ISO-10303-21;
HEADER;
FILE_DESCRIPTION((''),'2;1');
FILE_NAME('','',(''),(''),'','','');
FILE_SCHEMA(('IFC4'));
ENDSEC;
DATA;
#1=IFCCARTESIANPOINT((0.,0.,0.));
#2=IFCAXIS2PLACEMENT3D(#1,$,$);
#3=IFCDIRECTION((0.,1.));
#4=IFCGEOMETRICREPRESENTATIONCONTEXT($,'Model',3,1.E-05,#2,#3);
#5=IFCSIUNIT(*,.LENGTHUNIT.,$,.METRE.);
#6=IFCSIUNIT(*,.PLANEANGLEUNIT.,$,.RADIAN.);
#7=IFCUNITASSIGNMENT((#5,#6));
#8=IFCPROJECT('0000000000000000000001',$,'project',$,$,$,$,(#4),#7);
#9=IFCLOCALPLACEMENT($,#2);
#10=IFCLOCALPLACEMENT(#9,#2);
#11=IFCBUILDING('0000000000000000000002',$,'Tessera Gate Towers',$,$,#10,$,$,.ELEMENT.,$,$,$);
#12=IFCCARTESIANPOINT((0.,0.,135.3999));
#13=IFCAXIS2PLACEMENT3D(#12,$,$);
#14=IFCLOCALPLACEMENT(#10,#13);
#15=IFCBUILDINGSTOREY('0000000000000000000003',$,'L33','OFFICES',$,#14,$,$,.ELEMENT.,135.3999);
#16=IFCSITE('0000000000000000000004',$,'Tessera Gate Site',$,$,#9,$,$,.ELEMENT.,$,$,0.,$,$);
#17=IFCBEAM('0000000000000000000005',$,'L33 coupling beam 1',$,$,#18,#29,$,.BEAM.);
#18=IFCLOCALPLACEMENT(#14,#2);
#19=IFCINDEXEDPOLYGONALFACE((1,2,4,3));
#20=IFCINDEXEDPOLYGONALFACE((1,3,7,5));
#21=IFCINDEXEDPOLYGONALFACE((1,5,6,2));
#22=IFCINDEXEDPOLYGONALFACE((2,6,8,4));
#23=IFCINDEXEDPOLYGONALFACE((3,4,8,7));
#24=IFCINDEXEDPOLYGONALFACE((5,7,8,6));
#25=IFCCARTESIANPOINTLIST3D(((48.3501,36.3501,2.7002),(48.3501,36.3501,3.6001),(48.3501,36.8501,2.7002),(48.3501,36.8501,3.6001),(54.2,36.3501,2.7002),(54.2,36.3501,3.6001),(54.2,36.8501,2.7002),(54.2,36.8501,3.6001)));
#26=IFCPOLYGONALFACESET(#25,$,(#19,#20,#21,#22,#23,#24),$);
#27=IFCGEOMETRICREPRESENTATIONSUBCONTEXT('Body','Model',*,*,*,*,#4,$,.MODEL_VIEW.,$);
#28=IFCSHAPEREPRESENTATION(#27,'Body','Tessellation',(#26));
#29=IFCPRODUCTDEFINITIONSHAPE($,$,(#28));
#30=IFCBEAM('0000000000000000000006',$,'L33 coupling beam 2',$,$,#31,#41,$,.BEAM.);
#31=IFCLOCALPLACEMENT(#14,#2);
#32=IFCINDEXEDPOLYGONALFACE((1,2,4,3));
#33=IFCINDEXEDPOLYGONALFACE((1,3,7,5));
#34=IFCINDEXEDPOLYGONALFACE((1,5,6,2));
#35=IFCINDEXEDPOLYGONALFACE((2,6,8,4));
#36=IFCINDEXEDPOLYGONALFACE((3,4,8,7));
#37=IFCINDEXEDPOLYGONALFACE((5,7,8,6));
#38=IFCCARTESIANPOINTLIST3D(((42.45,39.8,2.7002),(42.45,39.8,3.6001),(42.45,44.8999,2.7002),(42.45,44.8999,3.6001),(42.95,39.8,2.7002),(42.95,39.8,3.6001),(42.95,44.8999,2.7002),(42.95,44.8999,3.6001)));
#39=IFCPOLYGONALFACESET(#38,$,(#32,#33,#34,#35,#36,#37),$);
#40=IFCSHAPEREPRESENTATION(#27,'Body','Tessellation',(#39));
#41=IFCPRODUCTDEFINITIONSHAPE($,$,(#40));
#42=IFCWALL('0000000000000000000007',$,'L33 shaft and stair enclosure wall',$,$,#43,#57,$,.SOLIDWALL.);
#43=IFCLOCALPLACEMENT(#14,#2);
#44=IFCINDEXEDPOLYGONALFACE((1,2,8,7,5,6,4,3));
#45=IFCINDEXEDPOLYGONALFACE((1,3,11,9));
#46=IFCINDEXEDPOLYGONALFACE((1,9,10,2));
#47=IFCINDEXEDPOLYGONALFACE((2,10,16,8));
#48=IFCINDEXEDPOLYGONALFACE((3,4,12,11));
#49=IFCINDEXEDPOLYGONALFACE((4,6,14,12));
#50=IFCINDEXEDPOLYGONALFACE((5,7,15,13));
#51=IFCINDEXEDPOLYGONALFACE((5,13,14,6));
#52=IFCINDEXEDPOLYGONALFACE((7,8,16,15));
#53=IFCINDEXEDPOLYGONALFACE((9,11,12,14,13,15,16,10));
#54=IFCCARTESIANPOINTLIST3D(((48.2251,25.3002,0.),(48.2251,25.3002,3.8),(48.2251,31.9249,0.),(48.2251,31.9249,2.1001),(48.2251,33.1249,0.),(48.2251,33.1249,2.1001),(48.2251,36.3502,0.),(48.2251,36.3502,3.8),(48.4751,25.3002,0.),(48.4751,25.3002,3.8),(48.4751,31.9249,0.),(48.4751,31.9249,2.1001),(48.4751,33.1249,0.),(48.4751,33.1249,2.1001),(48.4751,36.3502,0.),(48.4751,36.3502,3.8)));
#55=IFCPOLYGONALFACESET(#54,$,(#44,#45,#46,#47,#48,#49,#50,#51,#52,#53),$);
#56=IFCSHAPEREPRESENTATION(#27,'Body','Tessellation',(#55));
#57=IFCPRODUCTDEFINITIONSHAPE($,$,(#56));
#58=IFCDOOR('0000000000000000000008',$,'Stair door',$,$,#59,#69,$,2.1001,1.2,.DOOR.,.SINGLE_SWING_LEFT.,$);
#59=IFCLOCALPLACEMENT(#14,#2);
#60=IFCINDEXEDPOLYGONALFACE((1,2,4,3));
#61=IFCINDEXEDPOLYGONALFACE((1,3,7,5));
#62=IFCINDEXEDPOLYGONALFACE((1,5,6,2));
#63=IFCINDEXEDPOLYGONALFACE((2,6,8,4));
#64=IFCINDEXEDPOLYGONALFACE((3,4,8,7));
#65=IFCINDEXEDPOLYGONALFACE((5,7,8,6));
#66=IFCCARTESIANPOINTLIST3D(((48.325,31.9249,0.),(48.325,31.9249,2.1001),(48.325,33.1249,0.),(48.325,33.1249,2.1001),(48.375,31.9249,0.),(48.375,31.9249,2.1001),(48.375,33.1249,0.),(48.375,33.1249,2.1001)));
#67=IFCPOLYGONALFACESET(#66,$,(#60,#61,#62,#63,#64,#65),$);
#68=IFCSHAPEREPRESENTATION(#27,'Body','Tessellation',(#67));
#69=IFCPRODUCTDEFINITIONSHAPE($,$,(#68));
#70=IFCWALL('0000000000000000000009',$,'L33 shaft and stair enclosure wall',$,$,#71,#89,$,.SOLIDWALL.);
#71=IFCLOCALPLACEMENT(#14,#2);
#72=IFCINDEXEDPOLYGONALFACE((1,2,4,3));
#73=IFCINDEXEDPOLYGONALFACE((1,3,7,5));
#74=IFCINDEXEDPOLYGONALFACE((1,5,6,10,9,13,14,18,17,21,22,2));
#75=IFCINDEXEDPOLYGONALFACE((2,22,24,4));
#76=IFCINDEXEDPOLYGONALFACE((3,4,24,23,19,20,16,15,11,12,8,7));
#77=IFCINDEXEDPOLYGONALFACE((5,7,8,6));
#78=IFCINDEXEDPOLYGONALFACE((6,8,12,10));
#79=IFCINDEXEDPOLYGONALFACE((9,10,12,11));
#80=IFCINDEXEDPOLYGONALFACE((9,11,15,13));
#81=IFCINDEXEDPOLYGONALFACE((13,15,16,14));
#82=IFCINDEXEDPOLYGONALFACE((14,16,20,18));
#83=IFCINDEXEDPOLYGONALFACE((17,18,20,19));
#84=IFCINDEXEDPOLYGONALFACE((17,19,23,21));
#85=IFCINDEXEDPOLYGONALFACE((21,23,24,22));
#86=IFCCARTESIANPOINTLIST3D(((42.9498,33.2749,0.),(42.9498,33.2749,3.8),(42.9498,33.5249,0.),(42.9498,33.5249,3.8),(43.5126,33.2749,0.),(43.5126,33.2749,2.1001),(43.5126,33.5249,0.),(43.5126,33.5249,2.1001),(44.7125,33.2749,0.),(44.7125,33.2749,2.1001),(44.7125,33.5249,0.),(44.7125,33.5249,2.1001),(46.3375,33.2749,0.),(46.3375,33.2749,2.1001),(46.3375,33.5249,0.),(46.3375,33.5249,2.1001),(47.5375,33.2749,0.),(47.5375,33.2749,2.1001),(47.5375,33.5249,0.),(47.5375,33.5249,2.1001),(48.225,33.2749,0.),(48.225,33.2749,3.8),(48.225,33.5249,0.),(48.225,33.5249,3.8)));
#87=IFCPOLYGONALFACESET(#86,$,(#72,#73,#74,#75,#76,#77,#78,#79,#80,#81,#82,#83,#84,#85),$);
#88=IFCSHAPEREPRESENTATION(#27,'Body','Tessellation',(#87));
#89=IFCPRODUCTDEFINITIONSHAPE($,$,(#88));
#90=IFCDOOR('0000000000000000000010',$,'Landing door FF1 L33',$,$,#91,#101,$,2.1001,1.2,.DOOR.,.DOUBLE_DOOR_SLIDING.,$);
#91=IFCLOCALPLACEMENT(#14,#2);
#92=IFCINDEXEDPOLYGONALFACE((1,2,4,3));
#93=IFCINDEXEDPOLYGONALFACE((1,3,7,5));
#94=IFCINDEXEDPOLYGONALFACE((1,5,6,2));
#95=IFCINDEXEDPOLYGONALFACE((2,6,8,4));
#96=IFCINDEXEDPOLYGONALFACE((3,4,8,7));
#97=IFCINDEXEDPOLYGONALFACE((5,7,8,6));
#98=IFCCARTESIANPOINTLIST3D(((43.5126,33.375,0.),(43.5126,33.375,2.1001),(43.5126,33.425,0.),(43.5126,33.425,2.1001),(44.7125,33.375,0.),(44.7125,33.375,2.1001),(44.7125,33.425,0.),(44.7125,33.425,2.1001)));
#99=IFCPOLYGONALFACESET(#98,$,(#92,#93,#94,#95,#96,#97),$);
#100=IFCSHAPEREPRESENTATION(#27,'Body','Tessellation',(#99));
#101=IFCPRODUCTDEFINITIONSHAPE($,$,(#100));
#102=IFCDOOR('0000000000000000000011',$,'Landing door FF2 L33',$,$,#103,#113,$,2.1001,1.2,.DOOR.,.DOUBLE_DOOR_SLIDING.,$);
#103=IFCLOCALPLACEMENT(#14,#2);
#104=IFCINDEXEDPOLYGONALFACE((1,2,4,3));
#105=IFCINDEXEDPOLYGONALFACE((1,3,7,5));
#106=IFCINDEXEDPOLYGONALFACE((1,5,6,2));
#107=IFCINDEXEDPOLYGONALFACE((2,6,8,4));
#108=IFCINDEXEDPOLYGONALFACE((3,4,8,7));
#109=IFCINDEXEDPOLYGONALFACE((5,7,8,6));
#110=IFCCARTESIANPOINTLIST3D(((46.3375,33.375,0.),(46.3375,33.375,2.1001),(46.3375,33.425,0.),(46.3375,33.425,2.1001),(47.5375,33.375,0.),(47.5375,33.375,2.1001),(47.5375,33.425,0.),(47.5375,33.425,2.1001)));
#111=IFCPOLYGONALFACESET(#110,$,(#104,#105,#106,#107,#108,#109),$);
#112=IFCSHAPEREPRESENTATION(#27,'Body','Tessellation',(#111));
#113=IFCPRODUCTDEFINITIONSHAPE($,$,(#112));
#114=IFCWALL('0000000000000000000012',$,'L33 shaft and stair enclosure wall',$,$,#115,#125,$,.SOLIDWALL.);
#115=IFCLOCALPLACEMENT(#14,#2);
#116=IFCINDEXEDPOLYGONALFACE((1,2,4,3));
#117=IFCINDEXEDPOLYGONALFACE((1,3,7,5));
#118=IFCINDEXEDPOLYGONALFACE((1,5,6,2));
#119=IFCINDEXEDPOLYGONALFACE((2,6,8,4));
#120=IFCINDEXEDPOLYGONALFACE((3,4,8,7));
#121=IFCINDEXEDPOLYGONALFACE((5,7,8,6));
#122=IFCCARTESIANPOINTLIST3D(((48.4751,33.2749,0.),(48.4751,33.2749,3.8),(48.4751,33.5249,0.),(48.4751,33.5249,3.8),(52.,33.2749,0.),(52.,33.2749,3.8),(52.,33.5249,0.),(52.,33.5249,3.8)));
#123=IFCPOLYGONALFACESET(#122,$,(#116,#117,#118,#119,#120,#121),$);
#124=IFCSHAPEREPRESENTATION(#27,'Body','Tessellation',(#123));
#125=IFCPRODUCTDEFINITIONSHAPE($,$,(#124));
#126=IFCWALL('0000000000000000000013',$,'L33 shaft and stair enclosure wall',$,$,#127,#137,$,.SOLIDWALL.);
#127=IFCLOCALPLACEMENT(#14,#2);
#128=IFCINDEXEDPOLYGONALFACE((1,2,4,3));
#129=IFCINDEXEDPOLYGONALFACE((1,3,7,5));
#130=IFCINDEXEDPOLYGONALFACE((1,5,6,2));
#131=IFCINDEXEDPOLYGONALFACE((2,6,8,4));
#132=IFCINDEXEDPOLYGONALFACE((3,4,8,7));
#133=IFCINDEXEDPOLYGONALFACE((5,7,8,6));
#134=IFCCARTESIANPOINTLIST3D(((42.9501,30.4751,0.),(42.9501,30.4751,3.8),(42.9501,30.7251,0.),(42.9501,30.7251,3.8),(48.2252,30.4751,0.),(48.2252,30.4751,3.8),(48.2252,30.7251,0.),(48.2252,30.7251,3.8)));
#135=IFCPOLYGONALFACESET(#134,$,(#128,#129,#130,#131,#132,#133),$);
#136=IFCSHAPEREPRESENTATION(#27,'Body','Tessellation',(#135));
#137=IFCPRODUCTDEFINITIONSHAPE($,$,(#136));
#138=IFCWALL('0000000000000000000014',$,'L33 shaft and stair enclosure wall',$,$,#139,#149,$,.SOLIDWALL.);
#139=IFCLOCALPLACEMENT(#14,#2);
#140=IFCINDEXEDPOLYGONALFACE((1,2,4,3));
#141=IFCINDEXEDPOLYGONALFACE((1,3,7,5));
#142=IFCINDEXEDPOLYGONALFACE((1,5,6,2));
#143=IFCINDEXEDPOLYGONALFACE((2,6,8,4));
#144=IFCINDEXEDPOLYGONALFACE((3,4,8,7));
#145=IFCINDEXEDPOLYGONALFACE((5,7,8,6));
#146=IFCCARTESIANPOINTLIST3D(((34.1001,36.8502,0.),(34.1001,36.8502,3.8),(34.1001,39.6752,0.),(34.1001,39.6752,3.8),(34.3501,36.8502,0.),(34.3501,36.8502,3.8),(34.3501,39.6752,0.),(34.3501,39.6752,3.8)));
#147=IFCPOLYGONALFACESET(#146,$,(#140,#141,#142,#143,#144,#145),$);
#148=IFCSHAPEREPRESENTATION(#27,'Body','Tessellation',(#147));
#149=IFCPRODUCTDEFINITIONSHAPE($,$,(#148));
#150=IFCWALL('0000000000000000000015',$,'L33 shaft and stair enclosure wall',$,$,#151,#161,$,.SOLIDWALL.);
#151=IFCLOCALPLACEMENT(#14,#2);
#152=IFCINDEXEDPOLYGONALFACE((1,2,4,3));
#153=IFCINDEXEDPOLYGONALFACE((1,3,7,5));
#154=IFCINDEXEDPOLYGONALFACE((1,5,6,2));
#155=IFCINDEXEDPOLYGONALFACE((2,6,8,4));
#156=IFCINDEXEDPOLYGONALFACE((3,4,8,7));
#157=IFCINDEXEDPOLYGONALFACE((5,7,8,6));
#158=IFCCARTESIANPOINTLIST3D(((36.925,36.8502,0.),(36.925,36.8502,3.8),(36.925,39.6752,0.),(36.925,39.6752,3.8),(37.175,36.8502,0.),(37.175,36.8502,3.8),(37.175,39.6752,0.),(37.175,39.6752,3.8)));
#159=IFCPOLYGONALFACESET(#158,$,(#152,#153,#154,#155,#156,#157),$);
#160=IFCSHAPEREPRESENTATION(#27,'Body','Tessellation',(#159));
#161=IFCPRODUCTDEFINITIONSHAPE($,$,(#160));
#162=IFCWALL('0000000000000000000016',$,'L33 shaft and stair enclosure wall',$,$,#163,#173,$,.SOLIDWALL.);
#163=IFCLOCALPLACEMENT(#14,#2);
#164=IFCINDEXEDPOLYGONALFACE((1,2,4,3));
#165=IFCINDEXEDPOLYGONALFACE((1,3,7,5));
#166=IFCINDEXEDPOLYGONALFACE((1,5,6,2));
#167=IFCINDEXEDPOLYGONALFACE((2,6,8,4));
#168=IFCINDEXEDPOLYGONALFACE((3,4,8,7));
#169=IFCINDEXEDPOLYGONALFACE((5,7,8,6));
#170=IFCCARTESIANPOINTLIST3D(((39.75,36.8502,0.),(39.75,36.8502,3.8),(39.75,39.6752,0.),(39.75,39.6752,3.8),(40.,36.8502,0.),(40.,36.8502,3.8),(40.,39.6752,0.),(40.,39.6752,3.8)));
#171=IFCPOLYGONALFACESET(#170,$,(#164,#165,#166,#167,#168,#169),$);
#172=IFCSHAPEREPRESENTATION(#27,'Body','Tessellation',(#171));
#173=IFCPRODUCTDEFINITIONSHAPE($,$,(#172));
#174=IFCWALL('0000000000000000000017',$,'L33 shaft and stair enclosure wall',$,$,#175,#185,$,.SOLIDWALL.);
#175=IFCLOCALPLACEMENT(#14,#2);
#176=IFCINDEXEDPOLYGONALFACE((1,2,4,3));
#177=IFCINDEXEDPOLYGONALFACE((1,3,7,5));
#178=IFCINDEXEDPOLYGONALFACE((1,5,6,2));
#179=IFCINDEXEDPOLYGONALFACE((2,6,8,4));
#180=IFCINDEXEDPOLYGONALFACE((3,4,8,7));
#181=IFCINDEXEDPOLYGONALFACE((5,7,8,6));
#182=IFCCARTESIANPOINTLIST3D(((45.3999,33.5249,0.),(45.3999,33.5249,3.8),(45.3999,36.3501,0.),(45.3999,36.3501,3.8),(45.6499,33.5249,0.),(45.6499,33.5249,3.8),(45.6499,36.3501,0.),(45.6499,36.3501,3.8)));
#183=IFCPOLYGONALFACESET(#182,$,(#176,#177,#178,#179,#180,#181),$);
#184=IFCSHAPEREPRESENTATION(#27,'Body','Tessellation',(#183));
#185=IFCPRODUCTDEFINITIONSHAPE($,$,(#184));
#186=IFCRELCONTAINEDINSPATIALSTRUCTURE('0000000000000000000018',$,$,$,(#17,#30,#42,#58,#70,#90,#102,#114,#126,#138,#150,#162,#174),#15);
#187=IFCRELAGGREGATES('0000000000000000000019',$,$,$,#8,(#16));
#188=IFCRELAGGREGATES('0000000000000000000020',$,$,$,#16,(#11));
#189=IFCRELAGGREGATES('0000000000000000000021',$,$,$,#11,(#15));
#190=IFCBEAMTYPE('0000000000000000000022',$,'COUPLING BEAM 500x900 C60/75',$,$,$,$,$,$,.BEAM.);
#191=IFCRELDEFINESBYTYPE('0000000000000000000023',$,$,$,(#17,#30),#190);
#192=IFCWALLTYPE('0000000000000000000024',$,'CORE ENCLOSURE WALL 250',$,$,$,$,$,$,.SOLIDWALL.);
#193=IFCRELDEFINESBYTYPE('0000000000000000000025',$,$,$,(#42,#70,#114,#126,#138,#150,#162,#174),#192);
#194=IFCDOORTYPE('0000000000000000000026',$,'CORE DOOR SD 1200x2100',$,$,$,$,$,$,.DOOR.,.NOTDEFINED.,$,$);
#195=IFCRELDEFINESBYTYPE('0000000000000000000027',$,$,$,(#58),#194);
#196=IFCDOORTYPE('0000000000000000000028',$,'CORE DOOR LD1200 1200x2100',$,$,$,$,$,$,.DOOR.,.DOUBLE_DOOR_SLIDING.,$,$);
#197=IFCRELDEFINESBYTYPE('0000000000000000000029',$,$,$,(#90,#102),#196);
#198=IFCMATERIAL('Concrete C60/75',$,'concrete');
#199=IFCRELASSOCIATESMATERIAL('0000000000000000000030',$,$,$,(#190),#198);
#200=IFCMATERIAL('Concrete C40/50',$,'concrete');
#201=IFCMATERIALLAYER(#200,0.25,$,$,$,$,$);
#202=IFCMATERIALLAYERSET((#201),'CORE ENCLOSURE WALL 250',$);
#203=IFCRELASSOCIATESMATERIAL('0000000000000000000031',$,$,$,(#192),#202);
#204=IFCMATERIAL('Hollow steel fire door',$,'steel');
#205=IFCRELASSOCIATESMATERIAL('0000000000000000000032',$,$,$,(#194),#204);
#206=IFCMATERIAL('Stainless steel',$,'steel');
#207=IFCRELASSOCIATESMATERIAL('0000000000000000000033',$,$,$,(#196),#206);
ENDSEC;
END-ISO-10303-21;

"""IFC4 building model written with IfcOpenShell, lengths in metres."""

from ifc_helpers import new_model, si_unit, direction, frame, frame_2d, origin, origin_2d, place, context, subcontext, project, spatial, rectangle, extrude, source, transform, mapped, material, layer, layer_set, material_profile, profile_set, type_object, element, fill, save


model = new_model("IFC4")

# Units and contexts
model_context = context("Model", 3, precision=1e-05, world=origin(), true_north=direction((0.0, 1.0)))
body_context = subcontext(model_context, "Body", "Model", "MODEL_VIEW")
ifc_project = project(units=[si_unit("LENGTHUNIT", "METRE"), si_unit("PLANEANGLEUNIT", "RADIAN")], contexts=[model_context])

# Site, building, storey
site_placement = place(None, origin())
site = spatial("IfcSite", under=ifc_project, at=site_placement, Name="Tessera Gate Site", CompositionType="ELEMENT", RefElevation=0.0)
building_placement = place(site_placement, origin())
building = spatial("IfcBuilding", under=site, at=building_placement, Name="Tessera Gate Towers", CompositionType="ELEMENT")
storey_placement = place(building_placement, frame((0.0, 0.0, 135.3999)))
storey = spatial("IfcBuildingStorey", under=building, at=storey_placement, Name="L33", Description="OFFICES", CompositionType="ELEMENT", Elevation=135.3999)

# Beams
ifc_material_1 = material(Name="Concrete C60/75", Category="concrete")
ifc_material_profile = material_profile(ifc_material_1, rectangle(XDim=0.5, YDim=0.8999, at=origin_2d()), Name="RC 500x900")
ifc_profile_set = profile_set([ifc_material_profile], Name="Concrete C60/75")
beam_type = type_object("IfcBeamType", Name="COUPLING BEAM 500x900 C60/75", PredefinedType="BEAM", material=ifc_profile_set)
beam_1_placement = place(storey_placement, frame((48.3501, 36.6001, 3.1501), z_axis=(1.0, 0.0, 0.0), x_axis=(0.0, 1.0, 0.0)))
element("IfcBeam", 1, at=beam_1_placement, inside=storey, type_object=beam_type, Name="L33 coupling beam 1", PredefinedType="BEAM", context=body_context, shape_type="SweptSolid", body=[
    extrude(rectangle(XDim=0.5, YDim=0.8999, at=origin_2d()), origin(), (0.0, 0.0, 1.0), 5.8499),
])
beam_2_placement = place(storey_placement, frame((42.7, 39.8, 3.1501), z_axis=(0.0, 1.0, 0.0), x_axis=(-1.0, 0.0, 0.0)))
element("IfcBeam", 2, at=beam_2_placement, inside=storey, type_object=beam_type, Name="L33 coupling beam 2", PredefinedType="BEAM", context=body_context, shape_type="SweptSolid", body=[
    extrude(rectangle(XDim=0.5, YDim=0.8999, at=origin_2d()), origin(), (0.0, 0.0, 1.0), 5.0999),
])

# Wall, opening, door
ifc_material_2 = material(Name="Concrete C40/50", Category="concrete")
ifc_layer_1 = layer(ifc_material_2, 0.25)
ifc_layer_set_1 = layer_set([ifc_layer_1], Name="CORE ENCLOSURE WALL 250")
wall_type_1 = type_object("IfcWallType", Name="CORE ENCLOSURE WALL 250", PredefinedType="SOLIDWALL", material=ifc_layer_set_1)
wall_1_placement = place(storey_placement, frame((48.3501, 36.3501, 0.0), z_axis=(0.0, 0.0, 1.0), x_axis=(0.0, -1.0, 0.0)))
wall_1 = element("IfcWall", 3, at=wall_1_placement, inside=storey, type_object=wall_type_1, Name="L33 shaft and stair enclosure wall", PredefinedType="SOLIDWALL", context=body_context, shape_type="SweptSolid", body=[
    extrude(rectangle(XDim=11.05, YDim=0.25, at=frame_2d((5.5249, 0.0))), origin(), (0.0, 0.0, 1.0), 3.8),
])
shared_shape_1 = source(origin(), body_context, "Body", "SweptSolid", [
    extrude(rectangle(XDim=1.2, YDim=2.1001, at=frame_2d((0.6001, 1.05))), frame((0.0, 0.135, 0.0), z_axis=(0.0, -1.0, 0.0), x_axis=(1.0, 0.0, 0.0)), (0.0, 0.0, 1.0), 0.27),
])
opening_1_placement = place(wall_1_placement, frame((3.2251, 0.0, 0.0)))
opening_1 = element("IfcOpeningElement", 4, at=opening_1_placement, cuts=wall_1, PredefinedType="OPENING", context=body_context, shape_type="MappedRepresentation", body=[
    mapped(shared_shape_1, transform((0.0, 0.0, 0.0), scale=1.0)),
])
ifc_material_3 = material(Name="Hollow steel fire door", Category="steel")
door_type_1 = type_object("IfcDoorType", Name="CORE DOOR SD 1200x2100", OperationType="NOTDEFINED", PredefinedType="DOOR", material=ifc_material_3)
shared_shape_2 = source(origin(), body_context, "Body", "SweptSolid", [
    extrude(rectangle(XDim=1.2, YDim=2.1001, at=frame_2d((0.6001, 1.05))), frame((0.0, 0.0249, 0.0), z_axis=(0.0, -1.0, 0.0), x_axis=(1.0, 0.0, 0.0)), (0.0, 0.0, 1.0), 0.05),
])
door_1_placement = place(opening_1_placement, origin())
door_1 = element("IfcDoor", 5, at=door_1_placement, inside=storey, type_object=door_type_1, Name="Stair door", OperationType="SINGLE_SWING_LEFT", OverallHeight=2.1001, OverallWidth=1.2, PredefinedType="DOOR", context=body_context, shape_type="MappedRepresentation", body=[
    mapped(shared_shape_2, transform((0.0, 0.0, 0.0), scale=1.0)),
])
fill(opening_1, door_1)

# Wall, openings, doors
wall_2_placement = place(storey_placement, frame((48.2251, 33.3999, 0.0), z_axis=(0.0, 0.0, 1.0), x_axis=(-1.0, 0.0, 0.0)))
wall_2 = element("IfcWall", 6, at=wall_2_placement, inside=storey, type_object=wall_type_1, Name="L33 shaft and stair enclosure wall", PredefinedType="SOLIDWALL", context=body_context, shape_type="SweptSolid", body=[
    extrude(rectangle(XDim=5.2751, YDim=0.25, at=frame_2d((2.6377, 0.0))), origin(), (0.0, 0.0, 1.0), 3.8),
])
opening_2_placement = place(wall_2_placement, frame((3.5125, 0.0, 0.0)))
opening_2 = element("IfcOpeningElement", 7, at=opening_2_placement, cuts=wall_2, PredefinedType="OPENING", context=body_context, shape_type="MappedRepresentation", body=[
    mapped(shared_shape_1, transform((0.0, 0.0, 0.0), scale=1.0)),
])
opening_3_placement = place(wall_2_placement, frame((0.6875, 0.0, 0.0)))
opening_3 = element("IfcOpeningElement", 8, at=opening_3_placement, cuts=wall_2, PredefinedType="OPENING", context=body_context, shape_type="MappedRepresentation", body=[
    mapped(shared_shape_1, transform((0.0, 0.0, 0.0), scale=1.0)),
])
ifc_material_4 = material(Name="Stainless steel", Category="steel")
door_type_2 = type_object("IfcDoorType", Name="CORE DOOR LD1200 1200x2100", OperationType="DOUBLE_DOOR_SLIDING", PredefinedType="DOOR", material=ifc_material_4)
door_2_placement = place(opening_2_placement, origin())
door_2 = element("IfcDoor", 9, at=door_2_placement, inside=storey, type_object=door_type_2, Name="Landing door FF1 L33", OperationType="DOUBLE_DOOR_SLIDING", OverallHeight=2.1001, OverallWidth=1.2, PredefinedType="DOOR", context=body_context, shape_type="MappedRepresentation", body=[
    mapped(shared_shape_2, transform((0.0, 0.0, 0.0), scale=1.0)),
])
fill(opening_2, door_2)
door_3_placement = place(opening_3_placement, origin())
door_3 = element("IfcDoor", 10, at=door_3_placement, inside=storey, type_object=door_type_2, Name="Landing door FF2 L33", OperationType="DOUBLE_DOOR_SLIDING", OverallHeight=2.1001, OverallWidth=1.2, PredefinedType="DOOR", context=body_context, shape_type="MappedRepresentation", body=[
    mapped(shared_shape_2, transform((0.0, 0.0, 0.0), scale=1.0)),
])
fill(opening_3, door_3)

# Walls
wall_3_placement = place(storey_placement, frame((48.4751, 33.3999, 0.0), z_axis=(0.0, 0.0, 1.0), x_axis=(1.0, 0.0, 0.0)))
element("IfcWall", 11, at=wall_3_placement, inside=storey, type_object=wall_type_1, Name="L33 shaft and stair enclosure wall", PredefinedType="SOLIDWALL", context=body_context, shape_type="SweptSolid", body=[
    extrude(rectangle(XDim=3.5249, YDim=0.25, at=frame_2d((1.7625, 0.0))), origin(), (0.0, 0.0, 1.0), 3.8),
])
wall_4_placement = place(storey_placement, frame((42.95, 30.6001, 0.0), z_axis=(0.0, 0.0, 1.0), x_axis=(1.0, 0.0, 0.0)))
element("IfcWall", 12, at=wall_4_placement, inside=storey, type_object=wall_type_1, Name="L33 shaft and stair enclosure wall", PredefinedType="SOLIDWALL", context=body_context, shape_type="SweptSolid", body=[
    extrude(rectangle(XDim=5.2751, YDim=0.25, at=frame_2d((2.6377, 0.0))), origin(), (0.0, 0.0, 1.0), 3.8),
])
for number, where, z_axis, x_axis, name in (
    (13, (34.2251, 36.8501, 0.0), (0.0, 0.0, 1.0), (0.0, 1.0, 0.0), "L33 shaft and stair enclosure wall"),
    (14, (37.05, 36.8501, 0.0), (0.0, 0.0, 1.0), (0.0, 1.0, 0.0), "L33 shaft and stair enclosure wall"),
    (15, (39.875, 36.8501, 0.0), (0.0, 0.0, 1.0), (0.0, 1.0, 0.0), "L33 shaft and stair enclosure wall"),
):
    element("IfcWall", number, at=place(storey_placement, frame(where, z_axis=z_axis, x_axis=x_axis)), inside=storey, type_object=wall_type_1, Name=name, PredefinedType="SOLIDWALL", context=body_context, shape_type="SweptSolid", body=[
        extrude(rectangle(XDim=2.825, YDim=0.25, at=frame_2d((1.4126, 0.0))), origin(), (0.0, 0.0, 1.0), 3.8),
    ])
wall_5_placement = place(storey_placement, frame((45.5249, 33.5249, 0.0), z_axis=(0.0, 0.0, 1.0), x_axis=(0.0, 1.0, 0.0)))
element("IfcWall", 16, at=wall_5_placement, inside=storey, type_object=wall_type_1, Name="L33 shaft and stair enclosure wall", PredefinedType="SOLIDWALL", context=body_context, shape_type="SweptSolid", body=[
    extrude(rectangle(XDim=2.8252, YDim=0.25, at=frame_2d((1.4126, 0.0))), origin(), (0.0, 0.0, 1.0), 3.8),
])

save(model, "model.ifc")
